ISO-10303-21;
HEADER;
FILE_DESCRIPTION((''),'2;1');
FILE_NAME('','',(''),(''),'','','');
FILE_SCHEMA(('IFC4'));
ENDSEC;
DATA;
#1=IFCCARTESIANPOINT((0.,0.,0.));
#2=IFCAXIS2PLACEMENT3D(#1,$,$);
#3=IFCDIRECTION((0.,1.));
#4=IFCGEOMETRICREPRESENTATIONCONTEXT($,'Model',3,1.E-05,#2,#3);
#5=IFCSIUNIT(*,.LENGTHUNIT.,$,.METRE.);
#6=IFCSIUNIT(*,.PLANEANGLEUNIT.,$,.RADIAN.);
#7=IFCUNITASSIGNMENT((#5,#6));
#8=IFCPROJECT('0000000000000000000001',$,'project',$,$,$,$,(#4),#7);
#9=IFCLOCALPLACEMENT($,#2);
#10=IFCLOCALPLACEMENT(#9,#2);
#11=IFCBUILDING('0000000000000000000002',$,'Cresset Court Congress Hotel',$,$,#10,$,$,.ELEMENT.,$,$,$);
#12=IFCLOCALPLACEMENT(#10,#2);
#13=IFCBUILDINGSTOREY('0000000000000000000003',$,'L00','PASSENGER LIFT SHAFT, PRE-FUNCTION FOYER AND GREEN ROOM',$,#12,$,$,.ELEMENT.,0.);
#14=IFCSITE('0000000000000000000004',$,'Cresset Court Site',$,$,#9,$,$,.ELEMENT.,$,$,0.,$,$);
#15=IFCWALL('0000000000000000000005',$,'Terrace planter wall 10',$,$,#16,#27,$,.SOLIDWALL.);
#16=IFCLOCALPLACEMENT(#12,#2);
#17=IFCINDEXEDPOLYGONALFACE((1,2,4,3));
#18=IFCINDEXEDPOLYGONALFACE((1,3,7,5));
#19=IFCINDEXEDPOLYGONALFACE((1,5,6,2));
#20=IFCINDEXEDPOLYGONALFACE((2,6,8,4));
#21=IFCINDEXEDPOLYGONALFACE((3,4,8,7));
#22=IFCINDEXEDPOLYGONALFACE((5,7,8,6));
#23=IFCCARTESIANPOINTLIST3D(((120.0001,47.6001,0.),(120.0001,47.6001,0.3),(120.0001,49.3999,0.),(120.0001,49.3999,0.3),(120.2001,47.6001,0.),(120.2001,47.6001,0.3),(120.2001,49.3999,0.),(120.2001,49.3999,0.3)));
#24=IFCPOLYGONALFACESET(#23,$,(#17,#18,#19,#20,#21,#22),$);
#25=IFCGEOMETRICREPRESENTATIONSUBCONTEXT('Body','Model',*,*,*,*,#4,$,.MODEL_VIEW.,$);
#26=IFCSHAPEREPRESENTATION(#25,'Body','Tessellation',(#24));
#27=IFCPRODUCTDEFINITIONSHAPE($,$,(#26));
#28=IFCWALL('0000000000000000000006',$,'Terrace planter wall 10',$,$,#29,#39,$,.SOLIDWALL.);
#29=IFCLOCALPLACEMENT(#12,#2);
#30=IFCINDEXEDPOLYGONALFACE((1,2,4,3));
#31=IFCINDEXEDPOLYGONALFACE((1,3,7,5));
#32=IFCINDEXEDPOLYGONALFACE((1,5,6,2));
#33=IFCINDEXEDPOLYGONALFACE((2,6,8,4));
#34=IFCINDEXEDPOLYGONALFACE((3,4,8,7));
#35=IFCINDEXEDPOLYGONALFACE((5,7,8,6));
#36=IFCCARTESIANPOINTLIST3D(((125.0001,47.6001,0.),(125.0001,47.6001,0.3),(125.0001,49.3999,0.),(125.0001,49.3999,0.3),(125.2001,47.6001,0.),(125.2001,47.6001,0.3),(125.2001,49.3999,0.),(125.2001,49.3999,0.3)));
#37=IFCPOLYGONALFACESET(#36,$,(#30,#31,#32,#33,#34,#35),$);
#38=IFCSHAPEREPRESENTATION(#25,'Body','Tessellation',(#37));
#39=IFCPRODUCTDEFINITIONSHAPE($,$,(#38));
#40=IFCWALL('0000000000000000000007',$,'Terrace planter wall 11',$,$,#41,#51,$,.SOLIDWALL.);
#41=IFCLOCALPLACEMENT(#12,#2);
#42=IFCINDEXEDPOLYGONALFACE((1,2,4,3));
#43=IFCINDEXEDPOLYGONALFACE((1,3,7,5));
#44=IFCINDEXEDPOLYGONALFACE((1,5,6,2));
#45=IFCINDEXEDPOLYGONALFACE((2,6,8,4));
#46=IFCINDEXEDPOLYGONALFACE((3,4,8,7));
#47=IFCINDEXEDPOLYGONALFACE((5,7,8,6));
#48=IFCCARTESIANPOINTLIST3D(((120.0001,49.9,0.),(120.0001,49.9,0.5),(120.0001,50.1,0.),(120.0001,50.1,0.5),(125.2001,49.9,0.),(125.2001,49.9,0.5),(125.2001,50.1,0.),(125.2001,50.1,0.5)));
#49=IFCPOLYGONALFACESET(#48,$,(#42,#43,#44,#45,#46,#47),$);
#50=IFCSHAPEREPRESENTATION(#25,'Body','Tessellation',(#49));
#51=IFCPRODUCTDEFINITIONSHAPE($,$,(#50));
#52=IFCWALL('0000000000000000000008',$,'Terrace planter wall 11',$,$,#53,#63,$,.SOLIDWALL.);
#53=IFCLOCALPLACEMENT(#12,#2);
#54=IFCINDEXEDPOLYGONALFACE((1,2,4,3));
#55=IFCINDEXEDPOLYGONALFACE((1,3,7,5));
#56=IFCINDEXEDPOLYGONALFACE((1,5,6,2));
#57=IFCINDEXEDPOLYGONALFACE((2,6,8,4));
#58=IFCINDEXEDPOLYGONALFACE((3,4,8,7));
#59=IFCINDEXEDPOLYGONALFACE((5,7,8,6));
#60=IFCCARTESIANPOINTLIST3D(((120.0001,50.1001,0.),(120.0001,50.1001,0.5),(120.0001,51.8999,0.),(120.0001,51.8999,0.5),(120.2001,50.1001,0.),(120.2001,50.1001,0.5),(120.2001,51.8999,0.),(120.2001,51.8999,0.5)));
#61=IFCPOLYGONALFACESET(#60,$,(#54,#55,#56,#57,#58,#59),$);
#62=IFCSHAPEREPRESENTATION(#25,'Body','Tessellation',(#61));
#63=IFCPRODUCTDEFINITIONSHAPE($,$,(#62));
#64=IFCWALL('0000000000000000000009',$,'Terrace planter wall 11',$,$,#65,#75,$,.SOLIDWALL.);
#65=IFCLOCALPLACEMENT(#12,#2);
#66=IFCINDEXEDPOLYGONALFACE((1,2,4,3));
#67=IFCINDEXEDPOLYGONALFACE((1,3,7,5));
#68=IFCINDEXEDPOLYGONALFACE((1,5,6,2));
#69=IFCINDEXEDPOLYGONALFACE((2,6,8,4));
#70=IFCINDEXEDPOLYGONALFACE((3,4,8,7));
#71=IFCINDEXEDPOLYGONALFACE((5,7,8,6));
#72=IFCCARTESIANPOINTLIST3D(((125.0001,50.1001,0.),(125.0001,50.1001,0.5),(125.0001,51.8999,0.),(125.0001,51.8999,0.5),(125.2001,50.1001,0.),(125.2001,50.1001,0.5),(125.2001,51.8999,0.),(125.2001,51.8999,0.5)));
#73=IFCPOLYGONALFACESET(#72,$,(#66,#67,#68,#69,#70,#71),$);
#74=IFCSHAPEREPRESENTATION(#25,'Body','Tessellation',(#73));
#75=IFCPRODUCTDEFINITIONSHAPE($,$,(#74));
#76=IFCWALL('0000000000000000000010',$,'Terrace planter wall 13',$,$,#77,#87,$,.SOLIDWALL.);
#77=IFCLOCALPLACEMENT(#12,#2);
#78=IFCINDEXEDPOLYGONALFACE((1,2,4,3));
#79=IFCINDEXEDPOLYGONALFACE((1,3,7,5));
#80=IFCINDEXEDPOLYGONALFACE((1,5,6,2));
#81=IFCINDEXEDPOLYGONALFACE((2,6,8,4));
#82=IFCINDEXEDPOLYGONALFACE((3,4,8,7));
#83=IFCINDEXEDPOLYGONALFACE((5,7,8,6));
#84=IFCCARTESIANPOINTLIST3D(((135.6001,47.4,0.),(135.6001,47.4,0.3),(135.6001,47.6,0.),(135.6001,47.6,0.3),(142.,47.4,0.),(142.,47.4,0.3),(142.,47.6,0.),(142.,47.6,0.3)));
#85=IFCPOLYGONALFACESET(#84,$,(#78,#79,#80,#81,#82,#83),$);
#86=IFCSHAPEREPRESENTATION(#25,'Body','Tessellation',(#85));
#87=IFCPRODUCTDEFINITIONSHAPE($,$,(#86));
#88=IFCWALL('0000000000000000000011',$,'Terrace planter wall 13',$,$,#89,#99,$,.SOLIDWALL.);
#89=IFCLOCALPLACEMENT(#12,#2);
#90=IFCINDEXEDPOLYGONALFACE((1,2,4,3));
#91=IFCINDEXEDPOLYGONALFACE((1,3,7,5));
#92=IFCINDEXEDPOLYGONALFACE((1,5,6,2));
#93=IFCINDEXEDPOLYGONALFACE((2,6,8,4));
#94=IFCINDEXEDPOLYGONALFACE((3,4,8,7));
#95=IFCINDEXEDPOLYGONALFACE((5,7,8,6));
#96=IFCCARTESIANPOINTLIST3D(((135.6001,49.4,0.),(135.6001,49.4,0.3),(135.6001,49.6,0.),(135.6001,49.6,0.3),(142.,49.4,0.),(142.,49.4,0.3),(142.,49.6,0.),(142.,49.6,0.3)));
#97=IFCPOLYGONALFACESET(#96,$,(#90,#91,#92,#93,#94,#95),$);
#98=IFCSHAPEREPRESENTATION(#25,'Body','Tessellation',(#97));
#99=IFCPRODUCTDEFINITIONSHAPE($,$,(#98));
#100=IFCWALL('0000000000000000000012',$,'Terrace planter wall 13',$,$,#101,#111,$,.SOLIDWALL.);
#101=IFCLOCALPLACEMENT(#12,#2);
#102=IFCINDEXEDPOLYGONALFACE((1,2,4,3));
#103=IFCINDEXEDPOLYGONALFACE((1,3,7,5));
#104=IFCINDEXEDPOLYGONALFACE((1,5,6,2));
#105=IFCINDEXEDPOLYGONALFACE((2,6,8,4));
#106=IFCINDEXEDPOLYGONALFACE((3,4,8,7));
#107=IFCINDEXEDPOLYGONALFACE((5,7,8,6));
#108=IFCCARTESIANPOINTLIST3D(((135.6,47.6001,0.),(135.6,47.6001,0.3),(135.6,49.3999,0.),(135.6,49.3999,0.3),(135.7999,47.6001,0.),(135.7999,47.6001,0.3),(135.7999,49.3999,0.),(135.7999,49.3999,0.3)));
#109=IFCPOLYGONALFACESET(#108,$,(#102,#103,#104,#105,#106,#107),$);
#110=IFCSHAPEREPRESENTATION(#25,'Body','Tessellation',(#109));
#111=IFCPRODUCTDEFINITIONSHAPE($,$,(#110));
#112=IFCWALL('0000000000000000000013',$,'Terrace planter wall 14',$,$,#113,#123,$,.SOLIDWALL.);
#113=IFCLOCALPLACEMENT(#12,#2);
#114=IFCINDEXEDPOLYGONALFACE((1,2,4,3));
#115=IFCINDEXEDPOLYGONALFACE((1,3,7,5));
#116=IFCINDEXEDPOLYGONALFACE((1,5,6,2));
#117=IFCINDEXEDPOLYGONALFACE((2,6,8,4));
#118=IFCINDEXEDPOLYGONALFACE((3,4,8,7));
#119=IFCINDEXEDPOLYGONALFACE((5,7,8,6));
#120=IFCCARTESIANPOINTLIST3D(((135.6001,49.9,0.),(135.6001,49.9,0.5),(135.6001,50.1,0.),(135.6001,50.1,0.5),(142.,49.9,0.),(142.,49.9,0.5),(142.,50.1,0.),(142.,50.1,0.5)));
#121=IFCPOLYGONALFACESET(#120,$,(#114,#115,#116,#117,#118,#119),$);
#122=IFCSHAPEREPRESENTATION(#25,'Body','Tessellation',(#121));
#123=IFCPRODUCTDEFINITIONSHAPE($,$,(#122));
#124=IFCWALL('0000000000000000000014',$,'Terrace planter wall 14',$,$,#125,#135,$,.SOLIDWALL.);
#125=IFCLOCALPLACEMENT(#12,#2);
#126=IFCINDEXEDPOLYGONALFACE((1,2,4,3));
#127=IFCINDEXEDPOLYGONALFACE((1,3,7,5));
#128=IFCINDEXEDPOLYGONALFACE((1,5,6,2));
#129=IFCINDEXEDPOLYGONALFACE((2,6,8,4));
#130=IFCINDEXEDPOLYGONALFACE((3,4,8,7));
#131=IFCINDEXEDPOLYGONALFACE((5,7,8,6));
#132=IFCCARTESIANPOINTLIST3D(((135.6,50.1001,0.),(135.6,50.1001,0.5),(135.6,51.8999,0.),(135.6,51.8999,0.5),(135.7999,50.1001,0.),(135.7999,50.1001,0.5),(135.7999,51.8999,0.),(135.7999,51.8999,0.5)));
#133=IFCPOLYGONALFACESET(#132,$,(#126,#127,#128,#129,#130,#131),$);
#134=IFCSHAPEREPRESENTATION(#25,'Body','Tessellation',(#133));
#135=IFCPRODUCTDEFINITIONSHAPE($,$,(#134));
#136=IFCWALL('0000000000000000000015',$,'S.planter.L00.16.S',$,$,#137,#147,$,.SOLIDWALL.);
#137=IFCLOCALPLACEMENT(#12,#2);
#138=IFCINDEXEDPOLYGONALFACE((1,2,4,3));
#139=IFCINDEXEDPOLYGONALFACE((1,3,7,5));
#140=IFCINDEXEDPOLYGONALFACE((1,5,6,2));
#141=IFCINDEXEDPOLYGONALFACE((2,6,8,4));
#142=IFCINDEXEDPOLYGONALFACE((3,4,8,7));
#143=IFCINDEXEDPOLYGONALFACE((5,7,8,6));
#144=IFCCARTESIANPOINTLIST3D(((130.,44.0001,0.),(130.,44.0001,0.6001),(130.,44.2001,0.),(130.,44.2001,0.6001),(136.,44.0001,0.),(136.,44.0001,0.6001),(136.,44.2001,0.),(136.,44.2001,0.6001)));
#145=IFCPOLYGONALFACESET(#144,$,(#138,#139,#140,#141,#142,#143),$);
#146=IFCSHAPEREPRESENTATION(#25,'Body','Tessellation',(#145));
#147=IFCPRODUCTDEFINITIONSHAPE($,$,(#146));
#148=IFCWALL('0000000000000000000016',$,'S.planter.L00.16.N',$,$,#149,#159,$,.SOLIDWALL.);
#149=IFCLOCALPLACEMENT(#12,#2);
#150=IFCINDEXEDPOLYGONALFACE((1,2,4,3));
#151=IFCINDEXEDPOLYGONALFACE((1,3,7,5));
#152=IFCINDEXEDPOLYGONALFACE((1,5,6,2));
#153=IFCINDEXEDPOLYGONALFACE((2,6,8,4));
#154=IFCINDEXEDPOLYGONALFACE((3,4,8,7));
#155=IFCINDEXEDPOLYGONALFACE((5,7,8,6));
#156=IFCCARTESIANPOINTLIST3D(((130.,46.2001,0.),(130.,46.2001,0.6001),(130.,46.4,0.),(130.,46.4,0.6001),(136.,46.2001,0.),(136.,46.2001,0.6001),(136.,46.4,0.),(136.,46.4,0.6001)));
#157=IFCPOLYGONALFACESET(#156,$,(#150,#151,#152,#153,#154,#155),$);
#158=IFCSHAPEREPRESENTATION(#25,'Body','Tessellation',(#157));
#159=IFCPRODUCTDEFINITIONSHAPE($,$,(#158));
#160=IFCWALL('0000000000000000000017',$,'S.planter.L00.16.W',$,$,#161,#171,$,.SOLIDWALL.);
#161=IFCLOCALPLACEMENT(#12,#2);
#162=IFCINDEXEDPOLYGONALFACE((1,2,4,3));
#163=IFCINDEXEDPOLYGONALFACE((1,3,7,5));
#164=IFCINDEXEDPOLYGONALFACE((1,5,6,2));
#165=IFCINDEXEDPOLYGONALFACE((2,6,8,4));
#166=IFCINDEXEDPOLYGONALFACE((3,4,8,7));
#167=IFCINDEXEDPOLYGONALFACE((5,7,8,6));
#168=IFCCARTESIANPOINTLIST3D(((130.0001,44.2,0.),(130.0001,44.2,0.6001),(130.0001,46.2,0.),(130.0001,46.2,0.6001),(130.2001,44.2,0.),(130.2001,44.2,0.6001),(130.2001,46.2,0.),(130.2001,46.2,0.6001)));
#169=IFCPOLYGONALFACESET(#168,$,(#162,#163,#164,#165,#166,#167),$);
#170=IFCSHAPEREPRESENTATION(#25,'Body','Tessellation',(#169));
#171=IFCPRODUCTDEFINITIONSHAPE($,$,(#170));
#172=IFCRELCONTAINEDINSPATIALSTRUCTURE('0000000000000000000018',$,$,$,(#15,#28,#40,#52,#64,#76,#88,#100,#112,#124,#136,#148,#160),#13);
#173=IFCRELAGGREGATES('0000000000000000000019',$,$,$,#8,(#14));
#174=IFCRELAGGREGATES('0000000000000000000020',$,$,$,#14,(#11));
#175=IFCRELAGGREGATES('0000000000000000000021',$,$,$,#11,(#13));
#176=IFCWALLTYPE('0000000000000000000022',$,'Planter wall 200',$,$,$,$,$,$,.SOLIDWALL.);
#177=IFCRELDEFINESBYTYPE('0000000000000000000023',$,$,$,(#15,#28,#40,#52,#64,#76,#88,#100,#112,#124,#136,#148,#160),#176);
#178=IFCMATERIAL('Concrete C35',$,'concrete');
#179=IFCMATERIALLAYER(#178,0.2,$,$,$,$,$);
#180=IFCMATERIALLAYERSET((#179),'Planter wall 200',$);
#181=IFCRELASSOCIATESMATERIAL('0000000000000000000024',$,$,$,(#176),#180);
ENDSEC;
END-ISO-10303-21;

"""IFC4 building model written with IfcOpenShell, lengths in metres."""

from ifc_helpers import new_model, si_unit, direction, frame, frame_2d, origin, place, context, subcontext, project, spatial, rectangle, extrude, material, layer, layer_set, type_object, element, save


model = new_model("IFC4")

# Units and contexts
model_context = context("Model", 3, precision=1e-05, world=origin(), true_north=direction((0.0, 1.0)))
body_context = subcontext(model_context, "Body", "Model", "MODEL_VIEW")
ifc_project = project(units=[si_unit("LENGTHUNIT", "METRE"), si_unit("PLANEANGLEUNIT", "RADIAN")], contexts=[model_context])

# Site, building, storey
site_placement = place(None, origin())
site = spatial("IfcSite", under=ifc_project, at=site_placement, Name="Cresset Court Site", CompositionType="ELEMENT", RefElevation=0.0)
building_placement = place(site_placement, origin())
building = spatial("IfcBuilding", under=site, at=building_placement, Name="Cresset Court Congress Hotel", CompositionType="ELEMENT")
storey_placement = place(building_placement, origin())
storey = spatial("IfcBuildingStorey", under=building, at=storey_placement, Name="L00", Description="PASSENGER LIFT SHAFT, PRE-FUNCTION FOYER AND GREEN ROOM", CompositionType="ELEMENT", Elevation=0.0)

# Walls
ifc_material_1 = material(Name="Concrete C35", Category="concrete")
ifc_layer_1 = layer(ifc_material_1, 0.2)
ifc_layer_set_1 = layer_set([ifc_layer_1], Name="Planter wall 200")
wall_type_1 = type_object("IfcWallType", Name="Planter wall 200", PredefinedType="SOLIDWALL", material=ifc_layer_set_1)
for number, where, z_axis, x_axis, name in (
    (1, (120.1001, 47.6001, 0.0), (0.0, 0.0, 1.0), (0.0, 1.0, 0.0), "Terrace planter wall 10"),
    (2, (125.1001, 47.6001, 0.0), (0.0, 0.0, 1.0), (0.0, 1.0, 0.0), "Terrace planter wall 10"),
):
    element("IfcWall", number, at=place(storey_placement, frame(where, z_axis=z_axis, x_axis=x_axis)), inside=storey, type_object=wall_type_1, Name=name, PredefinedType="SOLIDWALL", context=body_context, shape_type="SweptSolid", body=[
        extrude(rectangle(XDim=1.7998, YDim=0.2, at=frame_2d((0.8999, 0.0))), origin(), (0.0, 0.0, 1.0), 0.3),
    ])
wall_1_placement = place(storey_placement, frame((120.0, 50.0, 0.0), z_axis=(0.0, 0.0, 1.0), x_axis=(1.0, 0.0, 0.0)))
element("IfcWall", 3, at=wall_1_placement, inside=storey, type_object=wall_type_1, Name="Terrace planter wall 11", PredefinedType="SOLIDWALL", context=body_context, shape_type="SweptSolid", body=[
    extrude(rectangle(XDim=5.2, YDim=0.2, at=frame_2d((2.6001, 0.0))), origin(), (0.0, 0.0, 1.0), 0.5),
])
for number, where, z_axis, x_axis, name in (
    (4, (120.1001, 50.1001, 0.0), (0.0, 0.0, 1.0), (0.0, 1.0, 0.0), "Terrace planter wall 11"),
    (5, (125.1001, 50.1001, 0.0), (0.0, 0.0, 1.0), (0.0, 1.0, 0.0), "Terrace planter wall 11"),
):
    element("IfcWall", number, at=place(storey_placement, frame(where, z_axis=z_axis, x_axis=x_axis)), inside=storey, type_object=wall_type_1, Name=name, PredefinedType="SOLIDWALL", context=body_context, shape_type="SweptSolid", body=[
        extrude(rectangle(XDim=1.7998, YDim=0.2, at=frame_2d((0.8999, 0.0))), origin(), (0.0, 0.0, 1.0), 0.5),
    ])
for number, where, z_axis, x_axis, name in (
    (6, (135.6001, 47.5, 0.0), (0.0, 0.0, 1.0), (1.0, 0.0, 0.0), "Terrace planter wall 13"),
    (7, (135.6001, 49.5, 0.0), (0.0, 0.0, 1.0), (1.0, 0.0, 0.0), "Terrace planter wall 13"),
):
    element("IfcWall", number, at=place(storey_placement, frame(where, z_axis=z_axis, x_axis=x_axis)), inside=storey, type_object=wall_type_1, Name=name, PredefinedType="SOLIDWALL", context=body_context, shape_type="SweptSolid", body=[
        extrude(rectangle(XDim=6.3999, YDim=0.2, at=frame_2d((3.2, 0.0))), origin(), (0.0, 0.0, 1.0), 0.3),
    ])
wall_2_placement = place(storey_placement, frame((135.7, 47.6001, 0.0), z_axis=(0.0, 0.0, 1.0), x_axis=(0.0, 1.0, 0.0)))
element("IfcWall", 8, at=wall_2_placement, inside=storey, type_object=wall_type_1, Name="Terrace planter wall 13", PredefinedType="SOLIDWALL", context=body_context, shape_type="SweptSolid", body=[
    extrude(rectangle(XDim=1.7998, YDim=0.2, at=frame_2d((0.8999, 0.0))), origin(), (0.0, 0.0, 1.0), 0.3),
])
wall_3_placement = place(storey_placement, frame((135.6001, 50.0, 0.0), z_axis=(0.0, 0.0, 1.0), x_axis=(1.0, 0.0, 0.0)))
element("IfcWall", 9, at=wall_3_placement, inside=storey, type_object=wall_type_1, Name="Terrace planter wall 14", PredefinedType="SOLIDWALL", context=body_context, shape_type="SweptSolid", body=[
    extrude(rectangle(XDim=6.3999, YDim=0.2, at=frame_2d((3.2, 0.0))), origin(), (0.0, 0.0, 1.0), 0.5),
])
wall_4_placement = place(storey_placement, frame((135.7, 50.1001, 0.0), z_axis=(0.0, 0.0, 1.0), x_axis=(0.0, 1.0, 0.0)))
element("IfcWall", 10, at=wall_4_placement, inside=storey, type_object=wall_type_1, Name="Terrace planter wall 14", PredefinedType="SOLIDWALL", context=body_context, shape_type="SweptSolid", body=[
    extrude(rectangle(XDim=1.7998, YDim=0.2, at=frame_2d((0.8999, 0.0))), origin(), (0.0, 0.0, 1.0), 0.5),
])
for number, where, z_axis, x_axis, name in (
    (11, (130.0, 44.1001, 0.0), (0.0, 0.0, 1.0), (1.0, 0.0, 0.0), "S.planter.L00.16.S"),
    (12, (130.0, 46.3, 0.0), (0.0, 0.0, 1.0), (1.0, 0.0, 0.0), "S.planter.L00.16.N"),
):
    element("IfcWall", number, at=place(storey_placement, frame(where, z_axis=z_axis, x_axis=x_axis)), inside=storey, type_object=wall_type_1, Name=name, PredefinedType="SOLIDWALL", context=body_context, shape_type="SweptSolid", body=[
        extrude(rectangle(XDim=6.0, YDim=0.2, at=frame_2d((3.0, 0.0))), origin(), (0.0, 0.0, 1.0), 0.6001),
    ])
wall_5_placement = place(storey_placement, frame((130.1001, 44.2, 0.0), z_axis=(0.0, 0.0, 1.0), x_axis=(0.0, 1.0, 0.0)))
element("IfcWall", 13, at=wall_5_placement, inside=storey, type_object=wall_type_1, Name="S.planter.L00.16.W", PredefinedType="SOLIDWALL", context=body_context, shape_type="SweptSolid", body=[
    extrude(rectangle(XDim=2.0, YDim=0.2, at=frame_2d((1.0, 0.0))), origin(), (0.0, 0.0, 1.0), 0.6001),
])

save(model, "model.ifc")
